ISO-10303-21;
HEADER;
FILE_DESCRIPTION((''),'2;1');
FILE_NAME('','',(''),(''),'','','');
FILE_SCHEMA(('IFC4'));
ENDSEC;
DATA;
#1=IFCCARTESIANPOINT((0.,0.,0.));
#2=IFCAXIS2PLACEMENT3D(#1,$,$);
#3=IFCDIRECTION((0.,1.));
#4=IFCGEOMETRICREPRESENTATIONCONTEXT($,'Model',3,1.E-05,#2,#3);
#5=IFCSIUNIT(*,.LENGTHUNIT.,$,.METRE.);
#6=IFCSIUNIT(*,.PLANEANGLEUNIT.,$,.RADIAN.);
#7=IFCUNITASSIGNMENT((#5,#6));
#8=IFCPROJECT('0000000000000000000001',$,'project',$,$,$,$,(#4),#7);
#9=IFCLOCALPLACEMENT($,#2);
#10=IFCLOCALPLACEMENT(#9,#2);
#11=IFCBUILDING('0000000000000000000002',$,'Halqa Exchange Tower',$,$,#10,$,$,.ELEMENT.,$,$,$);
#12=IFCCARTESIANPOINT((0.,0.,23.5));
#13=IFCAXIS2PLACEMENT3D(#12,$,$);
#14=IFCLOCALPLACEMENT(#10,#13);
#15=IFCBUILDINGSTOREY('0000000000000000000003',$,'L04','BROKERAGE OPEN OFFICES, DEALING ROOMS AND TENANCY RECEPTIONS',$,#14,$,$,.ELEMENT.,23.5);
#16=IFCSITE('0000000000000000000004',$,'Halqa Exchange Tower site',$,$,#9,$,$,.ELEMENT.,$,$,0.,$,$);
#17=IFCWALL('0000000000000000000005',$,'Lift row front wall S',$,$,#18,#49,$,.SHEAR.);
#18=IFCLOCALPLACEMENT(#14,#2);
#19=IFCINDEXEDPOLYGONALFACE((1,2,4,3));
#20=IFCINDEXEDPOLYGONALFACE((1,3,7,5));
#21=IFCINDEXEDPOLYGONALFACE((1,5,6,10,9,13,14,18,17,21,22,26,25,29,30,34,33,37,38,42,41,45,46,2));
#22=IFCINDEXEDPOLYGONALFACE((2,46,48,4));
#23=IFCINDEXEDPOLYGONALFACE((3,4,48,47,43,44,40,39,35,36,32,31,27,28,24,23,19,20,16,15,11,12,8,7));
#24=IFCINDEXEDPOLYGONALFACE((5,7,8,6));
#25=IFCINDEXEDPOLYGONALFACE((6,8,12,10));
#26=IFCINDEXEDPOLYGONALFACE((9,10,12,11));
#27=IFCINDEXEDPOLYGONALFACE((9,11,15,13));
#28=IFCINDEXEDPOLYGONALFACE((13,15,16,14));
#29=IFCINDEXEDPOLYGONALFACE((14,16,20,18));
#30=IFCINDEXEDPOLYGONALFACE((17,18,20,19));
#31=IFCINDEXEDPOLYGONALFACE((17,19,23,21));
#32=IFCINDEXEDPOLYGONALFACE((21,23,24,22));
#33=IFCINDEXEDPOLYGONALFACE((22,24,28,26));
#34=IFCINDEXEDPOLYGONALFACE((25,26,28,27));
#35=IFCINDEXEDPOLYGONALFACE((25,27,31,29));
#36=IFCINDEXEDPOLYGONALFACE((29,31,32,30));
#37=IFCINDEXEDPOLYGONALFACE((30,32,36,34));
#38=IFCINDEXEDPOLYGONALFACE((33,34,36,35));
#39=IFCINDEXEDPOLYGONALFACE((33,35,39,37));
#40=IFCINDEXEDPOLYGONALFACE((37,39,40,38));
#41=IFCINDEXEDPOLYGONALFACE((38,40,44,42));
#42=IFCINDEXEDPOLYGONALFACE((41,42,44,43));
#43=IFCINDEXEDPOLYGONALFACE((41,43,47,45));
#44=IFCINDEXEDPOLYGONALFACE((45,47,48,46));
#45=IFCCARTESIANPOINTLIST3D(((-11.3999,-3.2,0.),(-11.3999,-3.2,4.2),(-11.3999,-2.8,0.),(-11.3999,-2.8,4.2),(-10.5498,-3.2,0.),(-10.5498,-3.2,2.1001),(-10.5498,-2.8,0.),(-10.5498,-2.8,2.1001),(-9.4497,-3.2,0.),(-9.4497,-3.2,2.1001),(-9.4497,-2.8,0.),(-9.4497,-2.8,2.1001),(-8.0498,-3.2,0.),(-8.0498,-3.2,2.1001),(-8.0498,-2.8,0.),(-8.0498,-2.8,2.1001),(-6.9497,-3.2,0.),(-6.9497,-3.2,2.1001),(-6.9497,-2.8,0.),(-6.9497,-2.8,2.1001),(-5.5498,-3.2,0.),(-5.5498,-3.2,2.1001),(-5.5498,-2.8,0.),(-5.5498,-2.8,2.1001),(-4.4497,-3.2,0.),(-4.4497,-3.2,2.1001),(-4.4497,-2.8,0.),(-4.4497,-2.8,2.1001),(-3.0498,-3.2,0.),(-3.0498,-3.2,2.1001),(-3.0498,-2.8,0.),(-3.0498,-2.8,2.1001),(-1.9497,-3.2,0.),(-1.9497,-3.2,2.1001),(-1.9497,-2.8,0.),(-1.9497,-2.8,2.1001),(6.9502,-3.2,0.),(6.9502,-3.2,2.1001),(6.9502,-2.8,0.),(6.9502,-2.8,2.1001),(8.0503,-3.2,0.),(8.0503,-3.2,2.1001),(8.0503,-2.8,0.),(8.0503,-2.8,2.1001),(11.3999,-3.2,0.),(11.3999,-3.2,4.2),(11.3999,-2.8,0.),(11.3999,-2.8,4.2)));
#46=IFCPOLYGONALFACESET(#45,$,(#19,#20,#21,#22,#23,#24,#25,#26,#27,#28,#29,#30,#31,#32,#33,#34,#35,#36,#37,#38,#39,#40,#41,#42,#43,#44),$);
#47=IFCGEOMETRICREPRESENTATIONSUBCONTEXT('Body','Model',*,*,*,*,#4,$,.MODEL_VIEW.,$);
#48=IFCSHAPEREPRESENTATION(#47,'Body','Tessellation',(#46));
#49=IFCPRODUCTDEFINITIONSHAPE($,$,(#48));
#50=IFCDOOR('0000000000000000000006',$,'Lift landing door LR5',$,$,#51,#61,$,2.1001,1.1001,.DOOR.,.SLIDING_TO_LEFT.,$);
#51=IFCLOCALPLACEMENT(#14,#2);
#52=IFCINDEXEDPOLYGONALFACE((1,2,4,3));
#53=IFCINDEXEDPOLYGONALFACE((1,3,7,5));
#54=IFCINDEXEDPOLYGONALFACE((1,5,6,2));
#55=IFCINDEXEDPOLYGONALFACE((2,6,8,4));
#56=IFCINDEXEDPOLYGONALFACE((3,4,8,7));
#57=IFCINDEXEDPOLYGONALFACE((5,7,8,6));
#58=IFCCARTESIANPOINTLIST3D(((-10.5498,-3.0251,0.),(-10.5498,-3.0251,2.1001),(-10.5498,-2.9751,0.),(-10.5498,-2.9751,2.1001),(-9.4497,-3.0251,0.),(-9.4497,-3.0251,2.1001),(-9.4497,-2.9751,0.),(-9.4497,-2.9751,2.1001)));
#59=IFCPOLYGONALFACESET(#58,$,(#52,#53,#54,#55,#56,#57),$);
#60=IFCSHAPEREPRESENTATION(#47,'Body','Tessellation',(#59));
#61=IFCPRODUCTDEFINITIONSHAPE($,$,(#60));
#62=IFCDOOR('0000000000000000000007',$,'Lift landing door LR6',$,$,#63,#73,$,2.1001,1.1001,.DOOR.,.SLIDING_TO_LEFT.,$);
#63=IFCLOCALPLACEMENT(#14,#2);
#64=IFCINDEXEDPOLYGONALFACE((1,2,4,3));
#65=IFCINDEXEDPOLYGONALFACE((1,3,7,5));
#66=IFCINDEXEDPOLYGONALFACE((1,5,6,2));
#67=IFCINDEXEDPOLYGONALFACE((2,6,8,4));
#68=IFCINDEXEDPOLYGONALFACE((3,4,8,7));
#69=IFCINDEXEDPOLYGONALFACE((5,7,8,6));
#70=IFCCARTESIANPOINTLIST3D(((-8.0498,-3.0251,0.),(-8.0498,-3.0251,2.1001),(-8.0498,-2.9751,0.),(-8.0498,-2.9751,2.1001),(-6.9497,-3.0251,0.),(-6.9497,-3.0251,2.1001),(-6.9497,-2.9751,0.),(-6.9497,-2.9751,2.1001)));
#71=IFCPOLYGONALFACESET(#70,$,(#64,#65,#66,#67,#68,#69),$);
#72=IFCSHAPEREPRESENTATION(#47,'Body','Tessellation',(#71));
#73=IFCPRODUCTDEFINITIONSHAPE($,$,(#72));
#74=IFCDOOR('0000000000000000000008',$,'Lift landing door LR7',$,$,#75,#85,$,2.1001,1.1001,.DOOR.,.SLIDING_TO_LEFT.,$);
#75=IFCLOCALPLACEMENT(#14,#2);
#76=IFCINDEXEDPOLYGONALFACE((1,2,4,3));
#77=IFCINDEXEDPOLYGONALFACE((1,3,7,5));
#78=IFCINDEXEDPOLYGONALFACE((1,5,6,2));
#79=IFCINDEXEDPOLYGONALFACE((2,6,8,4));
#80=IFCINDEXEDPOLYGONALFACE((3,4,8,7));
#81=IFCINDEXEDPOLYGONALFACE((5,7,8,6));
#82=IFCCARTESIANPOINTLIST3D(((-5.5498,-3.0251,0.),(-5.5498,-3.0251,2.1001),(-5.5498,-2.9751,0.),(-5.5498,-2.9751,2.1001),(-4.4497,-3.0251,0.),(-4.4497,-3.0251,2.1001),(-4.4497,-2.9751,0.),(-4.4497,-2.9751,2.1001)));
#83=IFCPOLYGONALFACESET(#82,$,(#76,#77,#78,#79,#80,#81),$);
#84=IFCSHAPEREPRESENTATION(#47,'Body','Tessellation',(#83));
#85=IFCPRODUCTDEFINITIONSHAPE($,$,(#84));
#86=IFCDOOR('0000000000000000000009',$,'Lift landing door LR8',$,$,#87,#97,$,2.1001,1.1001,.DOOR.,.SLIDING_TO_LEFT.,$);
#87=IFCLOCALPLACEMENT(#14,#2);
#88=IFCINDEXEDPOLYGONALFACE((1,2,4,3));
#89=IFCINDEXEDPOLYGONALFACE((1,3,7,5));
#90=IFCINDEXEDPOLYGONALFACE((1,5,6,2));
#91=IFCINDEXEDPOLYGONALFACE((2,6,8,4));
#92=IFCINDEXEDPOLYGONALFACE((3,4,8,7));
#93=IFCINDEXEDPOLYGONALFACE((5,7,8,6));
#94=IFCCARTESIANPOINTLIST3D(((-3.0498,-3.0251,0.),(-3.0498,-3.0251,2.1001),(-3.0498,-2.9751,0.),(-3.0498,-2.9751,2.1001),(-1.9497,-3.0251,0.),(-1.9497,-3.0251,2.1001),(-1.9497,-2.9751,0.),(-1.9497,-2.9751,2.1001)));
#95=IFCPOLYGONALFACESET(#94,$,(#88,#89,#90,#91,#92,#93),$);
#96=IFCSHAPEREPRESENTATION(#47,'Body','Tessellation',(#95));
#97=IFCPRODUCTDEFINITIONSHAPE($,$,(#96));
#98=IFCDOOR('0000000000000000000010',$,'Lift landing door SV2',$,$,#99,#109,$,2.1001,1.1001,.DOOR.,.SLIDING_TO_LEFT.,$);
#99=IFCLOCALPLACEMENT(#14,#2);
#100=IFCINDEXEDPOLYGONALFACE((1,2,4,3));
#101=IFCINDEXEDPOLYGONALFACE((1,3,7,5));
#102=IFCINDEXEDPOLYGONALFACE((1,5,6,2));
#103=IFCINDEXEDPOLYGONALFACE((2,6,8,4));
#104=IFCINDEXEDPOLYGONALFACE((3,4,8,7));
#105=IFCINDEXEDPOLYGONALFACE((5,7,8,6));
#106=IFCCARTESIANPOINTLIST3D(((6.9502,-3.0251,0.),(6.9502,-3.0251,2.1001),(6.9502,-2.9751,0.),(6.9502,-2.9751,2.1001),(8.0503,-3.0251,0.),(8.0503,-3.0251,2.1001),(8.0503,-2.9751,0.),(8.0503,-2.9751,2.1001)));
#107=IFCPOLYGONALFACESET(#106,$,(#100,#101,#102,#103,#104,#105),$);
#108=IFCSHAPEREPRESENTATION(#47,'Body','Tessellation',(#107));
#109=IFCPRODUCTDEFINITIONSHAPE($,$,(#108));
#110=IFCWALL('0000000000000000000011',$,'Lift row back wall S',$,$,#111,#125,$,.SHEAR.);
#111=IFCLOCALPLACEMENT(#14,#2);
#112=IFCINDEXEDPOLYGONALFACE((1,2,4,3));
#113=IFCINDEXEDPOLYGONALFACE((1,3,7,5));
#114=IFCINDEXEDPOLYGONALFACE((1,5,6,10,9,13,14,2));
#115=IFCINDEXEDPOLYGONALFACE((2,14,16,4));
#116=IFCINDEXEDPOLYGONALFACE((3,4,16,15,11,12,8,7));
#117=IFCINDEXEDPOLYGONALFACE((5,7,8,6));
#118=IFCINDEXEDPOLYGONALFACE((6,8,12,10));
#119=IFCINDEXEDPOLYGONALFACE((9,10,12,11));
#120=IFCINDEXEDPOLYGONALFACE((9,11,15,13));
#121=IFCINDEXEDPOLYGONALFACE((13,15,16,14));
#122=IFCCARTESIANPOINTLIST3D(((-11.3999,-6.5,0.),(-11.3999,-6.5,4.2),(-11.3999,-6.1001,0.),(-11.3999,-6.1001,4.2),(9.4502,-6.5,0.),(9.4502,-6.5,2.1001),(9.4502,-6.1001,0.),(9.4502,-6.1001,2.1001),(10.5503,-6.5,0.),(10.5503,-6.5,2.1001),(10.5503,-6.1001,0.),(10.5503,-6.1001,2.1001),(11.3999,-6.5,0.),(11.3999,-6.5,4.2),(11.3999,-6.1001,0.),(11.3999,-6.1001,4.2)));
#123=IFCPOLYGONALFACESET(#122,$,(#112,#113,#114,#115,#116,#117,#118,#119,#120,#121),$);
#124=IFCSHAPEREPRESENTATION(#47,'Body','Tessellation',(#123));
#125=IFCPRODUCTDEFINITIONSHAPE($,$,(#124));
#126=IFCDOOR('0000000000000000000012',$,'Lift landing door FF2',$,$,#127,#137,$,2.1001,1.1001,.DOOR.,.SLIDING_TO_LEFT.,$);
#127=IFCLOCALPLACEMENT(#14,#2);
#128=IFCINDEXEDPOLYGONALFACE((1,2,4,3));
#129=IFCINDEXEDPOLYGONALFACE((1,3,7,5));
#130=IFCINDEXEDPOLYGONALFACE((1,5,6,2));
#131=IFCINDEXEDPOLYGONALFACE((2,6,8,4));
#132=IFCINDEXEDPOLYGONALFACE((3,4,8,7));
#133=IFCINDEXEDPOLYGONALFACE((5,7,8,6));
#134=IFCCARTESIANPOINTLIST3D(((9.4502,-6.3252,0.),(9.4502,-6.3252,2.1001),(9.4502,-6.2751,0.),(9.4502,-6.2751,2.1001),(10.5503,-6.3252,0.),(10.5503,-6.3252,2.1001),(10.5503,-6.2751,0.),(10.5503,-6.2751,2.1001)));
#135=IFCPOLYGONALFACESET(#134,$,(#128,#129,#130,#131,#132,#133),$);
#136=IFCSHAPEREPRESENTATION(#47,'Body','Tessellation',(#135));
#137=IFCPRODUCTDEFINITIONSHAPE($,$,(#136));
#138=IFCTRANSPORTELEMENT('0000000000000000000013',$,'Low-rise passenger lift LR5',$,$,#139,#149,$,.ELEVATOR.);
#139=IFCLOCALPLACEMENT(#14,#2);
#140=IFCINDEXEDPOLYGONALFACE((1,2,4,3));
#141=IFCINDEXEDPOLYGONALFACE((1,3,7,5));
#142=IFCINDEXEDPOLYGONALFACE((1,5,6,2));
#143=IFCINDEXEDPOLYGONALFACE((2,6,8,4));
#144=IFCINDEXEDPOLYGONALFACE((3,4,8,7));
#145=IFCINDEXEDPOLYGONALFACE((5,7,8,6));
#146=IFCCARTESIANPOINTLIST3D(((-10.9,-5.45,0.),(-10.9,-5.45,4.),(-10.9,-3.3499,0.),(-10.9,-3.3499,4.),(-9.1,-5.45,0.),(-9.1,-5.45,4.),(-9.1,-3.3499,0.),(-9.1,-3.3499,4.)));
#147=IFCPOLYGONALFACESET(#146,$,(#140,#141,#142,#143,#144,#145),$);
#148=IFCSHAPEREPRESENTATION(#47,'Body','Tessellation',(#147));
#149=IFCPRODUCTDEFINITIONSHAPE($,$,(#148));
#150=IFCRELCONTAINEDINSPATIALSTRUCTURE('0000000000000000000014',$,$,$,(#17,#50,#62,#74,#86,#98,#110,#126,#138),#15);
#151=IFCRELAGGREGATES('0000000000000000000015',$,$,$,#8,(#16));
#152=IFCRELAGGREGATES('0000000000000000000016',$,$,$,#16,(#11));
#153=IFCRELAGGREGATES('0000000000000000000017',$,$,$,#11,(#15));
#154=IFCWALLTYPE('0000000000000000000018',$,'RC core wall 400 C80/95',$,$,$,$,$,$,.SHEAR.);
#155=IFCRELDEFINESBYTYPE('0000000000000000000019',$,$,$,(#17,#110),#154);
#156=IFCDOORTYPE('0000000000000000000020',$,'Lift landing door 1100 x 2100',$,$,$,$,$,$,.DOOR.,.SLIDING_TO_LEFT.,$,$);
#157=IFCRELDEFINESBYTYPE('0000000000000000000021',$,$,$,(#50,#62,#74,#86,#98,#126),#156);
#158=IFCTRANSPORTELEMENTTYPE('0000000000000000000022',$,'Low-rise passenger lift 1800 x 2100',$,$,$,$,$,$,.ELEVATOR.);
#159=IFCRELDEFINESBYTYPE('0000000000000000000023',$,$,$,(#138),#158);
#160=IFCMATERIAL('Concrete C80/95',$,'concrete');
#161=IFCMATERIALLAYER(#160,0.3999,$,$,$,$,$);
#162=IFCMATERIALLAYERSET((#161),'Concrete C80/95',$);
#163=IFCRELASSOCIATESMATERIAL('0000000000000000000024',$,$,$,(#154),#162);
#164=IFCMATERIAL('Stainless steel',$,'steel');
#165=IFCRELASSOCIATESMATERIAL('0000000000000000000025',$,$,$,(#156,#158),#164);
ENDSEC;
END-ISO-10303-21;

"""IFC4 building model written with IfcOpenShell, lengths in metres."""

from ifc_helpers import new_model, si_unit, direction, frame, frame_2d, origin, origin_2d, place, context, subcontext, project, spatial, rectangle, extrude, material, layer, layer_set, type_object, element, fill, save


model = new_model("IFC4")

# Units and contexts
model_context = context("Model", 3, precision=1e-05, world=origin(), true_north=direction((0.0, 1.0)))
body_context = subcontext(model_context, "Body", "Model", "MODEL_VIEW")
ifc_project = project(units=[si_unit("LENGTHUNIT", "METRE"), si_unit("PLANEANGLEUNIT", "RADIAN")], contexts=[model_context])

# Site, building, storey
site_placement = place(None, origin())
site = spatial("IfcSite", under=ifc_project, at=site_placement, Name="Halqa Exchange Tower site", CompositionType="ELEMENT", RefElevation=0.0)
building_placement = place(site_placement, origin())
building = spatial("IfcBuilding", under=site, at=building_placement, Name="Halqa Exchange Tower", CompositionType="ELEMENT")
storey_placement = place(building_placement, frame((0.0, 0.0, 23.5)))
storey = spatial("IfcBuildingStorey", under=building, at=storey_placement, Name="L04", Description="BROKERAGE OPEN OFFICES, DEALING ROOMS AND TENANCY RECEPTIONS", CompositionType="ELEMENT", Elevation=23.5)

# Wall, openings, doors
ifc_material_1 = material(Name="Concrete C80/95", Category="concrete")
ifc_layer_1 = layer(ifc_material_1, 0.3999)
ifc_layer_set_1 = layer_set([ifc_layer_1], Name="Concrete C80/95")
wall_type_1 = type_object("IfcWallType", Name="RC core wall 400 C80/95", PredefinedType="SHEAR", material=ifc_layer_set_1)
wall_1_placement = place(storey_placement, frame((-11.3999, -3.0, 0.0), z_axis=(0.0, 0.0, 1.0), x_axis=(1.0, 0.0, 0.0)))
wall_1 = element("IfcWall", 1, at=wall_1_placement, inside=storey, type_object=wall_type_1, Name="Lift row front wall S", PredefinedType="SHEAR", context=body_context, shape_type="SweptSolid", body=[
    extrude(rectangle(XDim=22.7998, YDim=0.3999, at=frame_2d((11.3999, 0.0))), origin(), (0.0, 0.0, 1.0), 4.2),
])
opening_1_placement = place(wall_1_placement, frame((0.8501, 0.0, 0.0)))
opening_1 = element("IfcOpeningElement", 2, at=opening_1_placement, cuts=wall_1, PredefinedType="OPENING", context=body_context, shape_type="SweptSolid", body=[
    extrude(rectangle(XDim=1.1001, YDim=2.1001, at=frame_2d((0.55, 1.05))), frame((0.0, 0.2119, 0.0), z_axis=(0.0, -1.0, 0.0), x_axis=(1.0, 0.0, 0.0)), (0.0, 0.0, 1.0), 0.4238),
])
opening_2_placement = place(wall_1_placement, frame((3.3501, 0.0, 0.0)))
opening_2 = element("IfcOpeningElement", 3, at=opening_2_placement, cuts=wall_1, PredefinedType="OPENING", context=body_context, shape_type="SweptSolid", body=[
    extrude(rectangle(XDim=1.1001, YDim=2.1001, at=frame_2d((0.55, 1.05))), frame((0.0, 0.2119, 0.0), z_axis=(0.0, -1.0, 0.0), x_axis=(1.0, 0.0, 0.0)), (0.0, 0.0, 1.0), 0.4238),
])
opening_3_placement = place(wall_1_placement, frame((5.8501, 0.0, 0.0)))
opening_3 = element("IfcOpeningElement", 4, at=opening_3_placement, cuts=wall_1, PredefinedType="OPENING", context=body_context, shape_type="SweptSolid", body=[
    extrude(rectangle(XDim=1.1001, YDim=2.1001, at=frame_2d((0.55, 1.05))), frame((0.0, 0.2119, 0.0), z_axis=(0.0, -1.0, 0.0), x_axis=(1.0, 0.0, 0.0)), (0.0, 0.0, 1.0), 0.4238),
])
opening_4_placement = place(wall_1_placement, frame((8.3501, 0.0, 0.0)))
opening_4 = element("IfcOpeningElement", 5, at=opening_4_placement, cuts=wall_1, PredefinedType="OPENING", context=body_context, shape_type="SweptSolid", body=[
    extrude(rectangle(XDim=1.1001, YDim=2.1001, at=frame_2d((0.55, 1.05))), frame((0.0, 0.2119, 0.0), z_axis=(0.0, -1.0, 0.0), x_axis=(1.0, 0.0, 0.0)), (0.0, 0.0, 1.0), 0.4238),
])
opening_5_placement = place(wall_1_placement, frame((18.3501, 0.0, 0.0)))
opening_5 = element("IfcOpeningElement", 6, at=opening_5_placement, cuts=wall_1, PredefinedType="OPENING", context=body_context, shape_type="SweptSolid", body=[
    extrude(rectangle(XDim=1.1001, YDim=2.1001, at=frame_2d((0.55, 1.05))), frame((0.0, 0.2119, 0.0), z_axis=(0.0, -1.0, 0.0), x_axis=(1.0, 0.0, 0.0)), (0.0, 0.0, 1.0), 0.4238),
])
ifc_material_2 = material(Name="Stainless steel", Category="steel")
door_type_1 = type_object("IfcDoorType", Name="Lift landing door 1100 x 2100", OperationType="SLIDING_TO_LEFT", PredefinedType="DOOR", material=ifc_material_2)
door_1_placement = place(opening_1_placement, origin())
door_1 = element("IfcDoor", 7, at=door_1_placement, inside=storey, type_object=door_type_1, Name="Lift landing door LR5", OperationType="SLIDING_TO_LEFT", OverallHeight=2.1001, OverallWidth=1.1001, PredefinedType="DOOR", context=body_context, shape_type="SweptSolid", body=[
    extrude(rectangle(XDim=1.1001, YDim=2.1001, at=frame_2d((0.55, 1.05))), frame((0.0, 0.0249, 0.0), z_axis=(0.0, -1.0, 0.0), x_axis=(1.0, 0.0, 0.0)), (0.0, 0.0, 1.0), 0.05),
])
fill(opening_1, door_1)
door_2_placement = place(opening_2_placement, origin())
door_2 = element("IfcDoor", 8, at=door_2_placement, inside=storey, type_object=door_type_1, Name="Lift landing door LR6", OperationType="SLIDING_TO_LEFT", OverallHeight=2.1001, OverallWidth=1.1001, PredefinedType="DOOR", context=body_context, shape_type="SweptSolid", body=[
    extrude(rectangle(XDim=1.1001, YDim=2.1001, at=frame_2d((0.55, 1.05))), frame((0.0, 0.0249, 0.0), z_axis=(0.0, -1.0, 0.0), x_axis=(1.0, 0.0, 0.0)), (0.0, 0.0, 1.0), 0.05),
])
fill(opening_2, door_2)
door_3_placement = place(opening_3_placement, origin())
door_3 = element("IfcDoor", 9, at=door_3_placement, inside=storey, type_object=door_type_1, Name="Lift landing door LR7", OperationType="SLIDING_TO_LEFT", OverallHeight=2.1001, OverallWidth=1.1001, PredefinedType="DOOR", context=body_context, shape_type="SweptSolid", body=[
    extrude(rectangle(XDim=1.1001, YDim=2.1001, at=frame_2d((0.55, 1.05))), frame((0.0, 0.0249, 0.0), z_axis=(0.0, -1.0, 0.0), x_axis=(1.0, 0.0, 0.0)), (0.0, 0.0, 1.0), 0.05),
])
fill(opening_3, door_3)
door_4_placement = place(opening_4_placement, origin())
door_4 = element("IfcDoor", 10, at=door_4_placement, inside=storey, type_object=door_type_1, Name="Lift landing door LR8", OperationType="SLIDING_TO_LEFT", OverallHeight=2.1001, OverallWidth=1.1001, PredefinedType="DOOR", context=body_context, shape_type="SweptSolid", body=[
    extrude(rectangle(XDim=1.1001, YDim=2.1001, at=frame_2d((0.55, 1.05))), frame((0.0, 0.0249, 0.0), z_axis=(0.0, -1.0, 0.0), x_axis=(1.0, 0.0, 0.0)), (0.0, 0.0, 1.0), 0.05),
])
fill(opening_4, door_4)
door_5_placement = place(opening_5_placement, origin())
door_5 = element("IfcDoor", 11, at=door_5_placement, inside=storey, type_object=door_type_1, Name="Lift landing door SV2", OperationType="SLIDING_TO_LEFT", OverallHeight=2.1001, OverallWidth=1.1001, PredefinedType="DOOR", context=body_context, shape_type="SweptSolid", body=[
    extrude(rectangle(XDim=1.1001, YDim=2.1001, at=frame_2d((0.55, 1.05))), frame((0.0, 0.0249, 0.0), z_axis=(0.0, -1.0, 0.0), x_axis=(1.0, 0.0, 0.0)), (0.0, 0.0, 1.0), 0.05),
])
fill(opening_5, door_5)

# Wall, opening, door
wall_2_placement = place(storey_placement, frame((-11.3999, -6.3, 0.0), z_axis=(0.0, 0.0, 1.0), x_axis=(1.0, 0.0, 0.0)))
wall_2 = element("IfcWall", 12, at=wall_2_placement, inside=storey, type_object=wall_type_1, Name="Lift row back wall S", PredefinedType="SHEAR", context=body_context, shape_type="SweptSolid", body=[
    extrude(rectangle(XDim=22.7998, YDim=0.3999, at=frame_2d((11.3999, 0.0))), origin(), (0.0, 0.0, 1.0), 4.2),
])
opening_6_placement = place(wall_2_placement, frame((20.8501, 0.0, 0.0)))
opening_6 = element("IfcOpeningElement", 13, at=opening_6_placement, cuts=wall_2, PredefinedType="OPENING", context=body_context, shape_type="SweptSolid", body=[
    extrude(rectangle(XDim=1.1001, YDim=2.1001, at=frame_2d((0.55, 1.05))), frame((0.0, 0.2119, 0.0), z_axis=(0.0, -1.0, 0.0), x_axis=(1.0, 0.0, 0.0)), (0.0, 0.0, 1.0), 0.4238),
])
door_6_placement = place(opening_6_placement, origin())
door_6 = element("IfcDoor", 14, at=door_6_placement, inside=storey, type_object=door_type_1, Name="Lift landing door FF2", OperationType="SLIDING_TO_LEFT", OverallHeight=2.1001, OverallWidth=1.1001, PredefinedType="DOOR", context=body_context, shape_type="SweptSolid", body=[
    extrude(rectangle(XDim=1.1001, YDim=2.1001, at=frame_2d((0.55, 1.05))), frame((0.0, 0.0249, 0.0), z_axis=(0.0, -1.0, 0.0), x_axis=(1.0, 0.0, 0.0)), (0.0, 0.0, 1.0), 0.05),
])
fill(opening_6, door_6)

# Transport element
transport_element_type = type_object("IfcTransportElementType", Name="Low-rise passenger lift 1800 x 2100", PredefinedType="ELEVATOR", material=ifc_material_2)
transport_element_placement = place(storey_placement, frame((-10.0, -4.3999, 0.0), z_axis=(0.0, 0.0, 1.0), x_axis=(1.0, 0.0, 0.0)))
element("IfcTransportElement", 15, at=transport_element_placement, inside=storey, type_object=transport_element_type, Name="Low-rise passenger lift LR5", PredefinedType="ELEVATOR", context=body_context, shape_type="SweptSolid", body=[
    extrude(rectangle(XDim=1.8, YDim=2.1001, at=origin_2d()), origin(), (0.0, 0.0, 1.0), 4.0),
])

save(model, "model.ifc")
